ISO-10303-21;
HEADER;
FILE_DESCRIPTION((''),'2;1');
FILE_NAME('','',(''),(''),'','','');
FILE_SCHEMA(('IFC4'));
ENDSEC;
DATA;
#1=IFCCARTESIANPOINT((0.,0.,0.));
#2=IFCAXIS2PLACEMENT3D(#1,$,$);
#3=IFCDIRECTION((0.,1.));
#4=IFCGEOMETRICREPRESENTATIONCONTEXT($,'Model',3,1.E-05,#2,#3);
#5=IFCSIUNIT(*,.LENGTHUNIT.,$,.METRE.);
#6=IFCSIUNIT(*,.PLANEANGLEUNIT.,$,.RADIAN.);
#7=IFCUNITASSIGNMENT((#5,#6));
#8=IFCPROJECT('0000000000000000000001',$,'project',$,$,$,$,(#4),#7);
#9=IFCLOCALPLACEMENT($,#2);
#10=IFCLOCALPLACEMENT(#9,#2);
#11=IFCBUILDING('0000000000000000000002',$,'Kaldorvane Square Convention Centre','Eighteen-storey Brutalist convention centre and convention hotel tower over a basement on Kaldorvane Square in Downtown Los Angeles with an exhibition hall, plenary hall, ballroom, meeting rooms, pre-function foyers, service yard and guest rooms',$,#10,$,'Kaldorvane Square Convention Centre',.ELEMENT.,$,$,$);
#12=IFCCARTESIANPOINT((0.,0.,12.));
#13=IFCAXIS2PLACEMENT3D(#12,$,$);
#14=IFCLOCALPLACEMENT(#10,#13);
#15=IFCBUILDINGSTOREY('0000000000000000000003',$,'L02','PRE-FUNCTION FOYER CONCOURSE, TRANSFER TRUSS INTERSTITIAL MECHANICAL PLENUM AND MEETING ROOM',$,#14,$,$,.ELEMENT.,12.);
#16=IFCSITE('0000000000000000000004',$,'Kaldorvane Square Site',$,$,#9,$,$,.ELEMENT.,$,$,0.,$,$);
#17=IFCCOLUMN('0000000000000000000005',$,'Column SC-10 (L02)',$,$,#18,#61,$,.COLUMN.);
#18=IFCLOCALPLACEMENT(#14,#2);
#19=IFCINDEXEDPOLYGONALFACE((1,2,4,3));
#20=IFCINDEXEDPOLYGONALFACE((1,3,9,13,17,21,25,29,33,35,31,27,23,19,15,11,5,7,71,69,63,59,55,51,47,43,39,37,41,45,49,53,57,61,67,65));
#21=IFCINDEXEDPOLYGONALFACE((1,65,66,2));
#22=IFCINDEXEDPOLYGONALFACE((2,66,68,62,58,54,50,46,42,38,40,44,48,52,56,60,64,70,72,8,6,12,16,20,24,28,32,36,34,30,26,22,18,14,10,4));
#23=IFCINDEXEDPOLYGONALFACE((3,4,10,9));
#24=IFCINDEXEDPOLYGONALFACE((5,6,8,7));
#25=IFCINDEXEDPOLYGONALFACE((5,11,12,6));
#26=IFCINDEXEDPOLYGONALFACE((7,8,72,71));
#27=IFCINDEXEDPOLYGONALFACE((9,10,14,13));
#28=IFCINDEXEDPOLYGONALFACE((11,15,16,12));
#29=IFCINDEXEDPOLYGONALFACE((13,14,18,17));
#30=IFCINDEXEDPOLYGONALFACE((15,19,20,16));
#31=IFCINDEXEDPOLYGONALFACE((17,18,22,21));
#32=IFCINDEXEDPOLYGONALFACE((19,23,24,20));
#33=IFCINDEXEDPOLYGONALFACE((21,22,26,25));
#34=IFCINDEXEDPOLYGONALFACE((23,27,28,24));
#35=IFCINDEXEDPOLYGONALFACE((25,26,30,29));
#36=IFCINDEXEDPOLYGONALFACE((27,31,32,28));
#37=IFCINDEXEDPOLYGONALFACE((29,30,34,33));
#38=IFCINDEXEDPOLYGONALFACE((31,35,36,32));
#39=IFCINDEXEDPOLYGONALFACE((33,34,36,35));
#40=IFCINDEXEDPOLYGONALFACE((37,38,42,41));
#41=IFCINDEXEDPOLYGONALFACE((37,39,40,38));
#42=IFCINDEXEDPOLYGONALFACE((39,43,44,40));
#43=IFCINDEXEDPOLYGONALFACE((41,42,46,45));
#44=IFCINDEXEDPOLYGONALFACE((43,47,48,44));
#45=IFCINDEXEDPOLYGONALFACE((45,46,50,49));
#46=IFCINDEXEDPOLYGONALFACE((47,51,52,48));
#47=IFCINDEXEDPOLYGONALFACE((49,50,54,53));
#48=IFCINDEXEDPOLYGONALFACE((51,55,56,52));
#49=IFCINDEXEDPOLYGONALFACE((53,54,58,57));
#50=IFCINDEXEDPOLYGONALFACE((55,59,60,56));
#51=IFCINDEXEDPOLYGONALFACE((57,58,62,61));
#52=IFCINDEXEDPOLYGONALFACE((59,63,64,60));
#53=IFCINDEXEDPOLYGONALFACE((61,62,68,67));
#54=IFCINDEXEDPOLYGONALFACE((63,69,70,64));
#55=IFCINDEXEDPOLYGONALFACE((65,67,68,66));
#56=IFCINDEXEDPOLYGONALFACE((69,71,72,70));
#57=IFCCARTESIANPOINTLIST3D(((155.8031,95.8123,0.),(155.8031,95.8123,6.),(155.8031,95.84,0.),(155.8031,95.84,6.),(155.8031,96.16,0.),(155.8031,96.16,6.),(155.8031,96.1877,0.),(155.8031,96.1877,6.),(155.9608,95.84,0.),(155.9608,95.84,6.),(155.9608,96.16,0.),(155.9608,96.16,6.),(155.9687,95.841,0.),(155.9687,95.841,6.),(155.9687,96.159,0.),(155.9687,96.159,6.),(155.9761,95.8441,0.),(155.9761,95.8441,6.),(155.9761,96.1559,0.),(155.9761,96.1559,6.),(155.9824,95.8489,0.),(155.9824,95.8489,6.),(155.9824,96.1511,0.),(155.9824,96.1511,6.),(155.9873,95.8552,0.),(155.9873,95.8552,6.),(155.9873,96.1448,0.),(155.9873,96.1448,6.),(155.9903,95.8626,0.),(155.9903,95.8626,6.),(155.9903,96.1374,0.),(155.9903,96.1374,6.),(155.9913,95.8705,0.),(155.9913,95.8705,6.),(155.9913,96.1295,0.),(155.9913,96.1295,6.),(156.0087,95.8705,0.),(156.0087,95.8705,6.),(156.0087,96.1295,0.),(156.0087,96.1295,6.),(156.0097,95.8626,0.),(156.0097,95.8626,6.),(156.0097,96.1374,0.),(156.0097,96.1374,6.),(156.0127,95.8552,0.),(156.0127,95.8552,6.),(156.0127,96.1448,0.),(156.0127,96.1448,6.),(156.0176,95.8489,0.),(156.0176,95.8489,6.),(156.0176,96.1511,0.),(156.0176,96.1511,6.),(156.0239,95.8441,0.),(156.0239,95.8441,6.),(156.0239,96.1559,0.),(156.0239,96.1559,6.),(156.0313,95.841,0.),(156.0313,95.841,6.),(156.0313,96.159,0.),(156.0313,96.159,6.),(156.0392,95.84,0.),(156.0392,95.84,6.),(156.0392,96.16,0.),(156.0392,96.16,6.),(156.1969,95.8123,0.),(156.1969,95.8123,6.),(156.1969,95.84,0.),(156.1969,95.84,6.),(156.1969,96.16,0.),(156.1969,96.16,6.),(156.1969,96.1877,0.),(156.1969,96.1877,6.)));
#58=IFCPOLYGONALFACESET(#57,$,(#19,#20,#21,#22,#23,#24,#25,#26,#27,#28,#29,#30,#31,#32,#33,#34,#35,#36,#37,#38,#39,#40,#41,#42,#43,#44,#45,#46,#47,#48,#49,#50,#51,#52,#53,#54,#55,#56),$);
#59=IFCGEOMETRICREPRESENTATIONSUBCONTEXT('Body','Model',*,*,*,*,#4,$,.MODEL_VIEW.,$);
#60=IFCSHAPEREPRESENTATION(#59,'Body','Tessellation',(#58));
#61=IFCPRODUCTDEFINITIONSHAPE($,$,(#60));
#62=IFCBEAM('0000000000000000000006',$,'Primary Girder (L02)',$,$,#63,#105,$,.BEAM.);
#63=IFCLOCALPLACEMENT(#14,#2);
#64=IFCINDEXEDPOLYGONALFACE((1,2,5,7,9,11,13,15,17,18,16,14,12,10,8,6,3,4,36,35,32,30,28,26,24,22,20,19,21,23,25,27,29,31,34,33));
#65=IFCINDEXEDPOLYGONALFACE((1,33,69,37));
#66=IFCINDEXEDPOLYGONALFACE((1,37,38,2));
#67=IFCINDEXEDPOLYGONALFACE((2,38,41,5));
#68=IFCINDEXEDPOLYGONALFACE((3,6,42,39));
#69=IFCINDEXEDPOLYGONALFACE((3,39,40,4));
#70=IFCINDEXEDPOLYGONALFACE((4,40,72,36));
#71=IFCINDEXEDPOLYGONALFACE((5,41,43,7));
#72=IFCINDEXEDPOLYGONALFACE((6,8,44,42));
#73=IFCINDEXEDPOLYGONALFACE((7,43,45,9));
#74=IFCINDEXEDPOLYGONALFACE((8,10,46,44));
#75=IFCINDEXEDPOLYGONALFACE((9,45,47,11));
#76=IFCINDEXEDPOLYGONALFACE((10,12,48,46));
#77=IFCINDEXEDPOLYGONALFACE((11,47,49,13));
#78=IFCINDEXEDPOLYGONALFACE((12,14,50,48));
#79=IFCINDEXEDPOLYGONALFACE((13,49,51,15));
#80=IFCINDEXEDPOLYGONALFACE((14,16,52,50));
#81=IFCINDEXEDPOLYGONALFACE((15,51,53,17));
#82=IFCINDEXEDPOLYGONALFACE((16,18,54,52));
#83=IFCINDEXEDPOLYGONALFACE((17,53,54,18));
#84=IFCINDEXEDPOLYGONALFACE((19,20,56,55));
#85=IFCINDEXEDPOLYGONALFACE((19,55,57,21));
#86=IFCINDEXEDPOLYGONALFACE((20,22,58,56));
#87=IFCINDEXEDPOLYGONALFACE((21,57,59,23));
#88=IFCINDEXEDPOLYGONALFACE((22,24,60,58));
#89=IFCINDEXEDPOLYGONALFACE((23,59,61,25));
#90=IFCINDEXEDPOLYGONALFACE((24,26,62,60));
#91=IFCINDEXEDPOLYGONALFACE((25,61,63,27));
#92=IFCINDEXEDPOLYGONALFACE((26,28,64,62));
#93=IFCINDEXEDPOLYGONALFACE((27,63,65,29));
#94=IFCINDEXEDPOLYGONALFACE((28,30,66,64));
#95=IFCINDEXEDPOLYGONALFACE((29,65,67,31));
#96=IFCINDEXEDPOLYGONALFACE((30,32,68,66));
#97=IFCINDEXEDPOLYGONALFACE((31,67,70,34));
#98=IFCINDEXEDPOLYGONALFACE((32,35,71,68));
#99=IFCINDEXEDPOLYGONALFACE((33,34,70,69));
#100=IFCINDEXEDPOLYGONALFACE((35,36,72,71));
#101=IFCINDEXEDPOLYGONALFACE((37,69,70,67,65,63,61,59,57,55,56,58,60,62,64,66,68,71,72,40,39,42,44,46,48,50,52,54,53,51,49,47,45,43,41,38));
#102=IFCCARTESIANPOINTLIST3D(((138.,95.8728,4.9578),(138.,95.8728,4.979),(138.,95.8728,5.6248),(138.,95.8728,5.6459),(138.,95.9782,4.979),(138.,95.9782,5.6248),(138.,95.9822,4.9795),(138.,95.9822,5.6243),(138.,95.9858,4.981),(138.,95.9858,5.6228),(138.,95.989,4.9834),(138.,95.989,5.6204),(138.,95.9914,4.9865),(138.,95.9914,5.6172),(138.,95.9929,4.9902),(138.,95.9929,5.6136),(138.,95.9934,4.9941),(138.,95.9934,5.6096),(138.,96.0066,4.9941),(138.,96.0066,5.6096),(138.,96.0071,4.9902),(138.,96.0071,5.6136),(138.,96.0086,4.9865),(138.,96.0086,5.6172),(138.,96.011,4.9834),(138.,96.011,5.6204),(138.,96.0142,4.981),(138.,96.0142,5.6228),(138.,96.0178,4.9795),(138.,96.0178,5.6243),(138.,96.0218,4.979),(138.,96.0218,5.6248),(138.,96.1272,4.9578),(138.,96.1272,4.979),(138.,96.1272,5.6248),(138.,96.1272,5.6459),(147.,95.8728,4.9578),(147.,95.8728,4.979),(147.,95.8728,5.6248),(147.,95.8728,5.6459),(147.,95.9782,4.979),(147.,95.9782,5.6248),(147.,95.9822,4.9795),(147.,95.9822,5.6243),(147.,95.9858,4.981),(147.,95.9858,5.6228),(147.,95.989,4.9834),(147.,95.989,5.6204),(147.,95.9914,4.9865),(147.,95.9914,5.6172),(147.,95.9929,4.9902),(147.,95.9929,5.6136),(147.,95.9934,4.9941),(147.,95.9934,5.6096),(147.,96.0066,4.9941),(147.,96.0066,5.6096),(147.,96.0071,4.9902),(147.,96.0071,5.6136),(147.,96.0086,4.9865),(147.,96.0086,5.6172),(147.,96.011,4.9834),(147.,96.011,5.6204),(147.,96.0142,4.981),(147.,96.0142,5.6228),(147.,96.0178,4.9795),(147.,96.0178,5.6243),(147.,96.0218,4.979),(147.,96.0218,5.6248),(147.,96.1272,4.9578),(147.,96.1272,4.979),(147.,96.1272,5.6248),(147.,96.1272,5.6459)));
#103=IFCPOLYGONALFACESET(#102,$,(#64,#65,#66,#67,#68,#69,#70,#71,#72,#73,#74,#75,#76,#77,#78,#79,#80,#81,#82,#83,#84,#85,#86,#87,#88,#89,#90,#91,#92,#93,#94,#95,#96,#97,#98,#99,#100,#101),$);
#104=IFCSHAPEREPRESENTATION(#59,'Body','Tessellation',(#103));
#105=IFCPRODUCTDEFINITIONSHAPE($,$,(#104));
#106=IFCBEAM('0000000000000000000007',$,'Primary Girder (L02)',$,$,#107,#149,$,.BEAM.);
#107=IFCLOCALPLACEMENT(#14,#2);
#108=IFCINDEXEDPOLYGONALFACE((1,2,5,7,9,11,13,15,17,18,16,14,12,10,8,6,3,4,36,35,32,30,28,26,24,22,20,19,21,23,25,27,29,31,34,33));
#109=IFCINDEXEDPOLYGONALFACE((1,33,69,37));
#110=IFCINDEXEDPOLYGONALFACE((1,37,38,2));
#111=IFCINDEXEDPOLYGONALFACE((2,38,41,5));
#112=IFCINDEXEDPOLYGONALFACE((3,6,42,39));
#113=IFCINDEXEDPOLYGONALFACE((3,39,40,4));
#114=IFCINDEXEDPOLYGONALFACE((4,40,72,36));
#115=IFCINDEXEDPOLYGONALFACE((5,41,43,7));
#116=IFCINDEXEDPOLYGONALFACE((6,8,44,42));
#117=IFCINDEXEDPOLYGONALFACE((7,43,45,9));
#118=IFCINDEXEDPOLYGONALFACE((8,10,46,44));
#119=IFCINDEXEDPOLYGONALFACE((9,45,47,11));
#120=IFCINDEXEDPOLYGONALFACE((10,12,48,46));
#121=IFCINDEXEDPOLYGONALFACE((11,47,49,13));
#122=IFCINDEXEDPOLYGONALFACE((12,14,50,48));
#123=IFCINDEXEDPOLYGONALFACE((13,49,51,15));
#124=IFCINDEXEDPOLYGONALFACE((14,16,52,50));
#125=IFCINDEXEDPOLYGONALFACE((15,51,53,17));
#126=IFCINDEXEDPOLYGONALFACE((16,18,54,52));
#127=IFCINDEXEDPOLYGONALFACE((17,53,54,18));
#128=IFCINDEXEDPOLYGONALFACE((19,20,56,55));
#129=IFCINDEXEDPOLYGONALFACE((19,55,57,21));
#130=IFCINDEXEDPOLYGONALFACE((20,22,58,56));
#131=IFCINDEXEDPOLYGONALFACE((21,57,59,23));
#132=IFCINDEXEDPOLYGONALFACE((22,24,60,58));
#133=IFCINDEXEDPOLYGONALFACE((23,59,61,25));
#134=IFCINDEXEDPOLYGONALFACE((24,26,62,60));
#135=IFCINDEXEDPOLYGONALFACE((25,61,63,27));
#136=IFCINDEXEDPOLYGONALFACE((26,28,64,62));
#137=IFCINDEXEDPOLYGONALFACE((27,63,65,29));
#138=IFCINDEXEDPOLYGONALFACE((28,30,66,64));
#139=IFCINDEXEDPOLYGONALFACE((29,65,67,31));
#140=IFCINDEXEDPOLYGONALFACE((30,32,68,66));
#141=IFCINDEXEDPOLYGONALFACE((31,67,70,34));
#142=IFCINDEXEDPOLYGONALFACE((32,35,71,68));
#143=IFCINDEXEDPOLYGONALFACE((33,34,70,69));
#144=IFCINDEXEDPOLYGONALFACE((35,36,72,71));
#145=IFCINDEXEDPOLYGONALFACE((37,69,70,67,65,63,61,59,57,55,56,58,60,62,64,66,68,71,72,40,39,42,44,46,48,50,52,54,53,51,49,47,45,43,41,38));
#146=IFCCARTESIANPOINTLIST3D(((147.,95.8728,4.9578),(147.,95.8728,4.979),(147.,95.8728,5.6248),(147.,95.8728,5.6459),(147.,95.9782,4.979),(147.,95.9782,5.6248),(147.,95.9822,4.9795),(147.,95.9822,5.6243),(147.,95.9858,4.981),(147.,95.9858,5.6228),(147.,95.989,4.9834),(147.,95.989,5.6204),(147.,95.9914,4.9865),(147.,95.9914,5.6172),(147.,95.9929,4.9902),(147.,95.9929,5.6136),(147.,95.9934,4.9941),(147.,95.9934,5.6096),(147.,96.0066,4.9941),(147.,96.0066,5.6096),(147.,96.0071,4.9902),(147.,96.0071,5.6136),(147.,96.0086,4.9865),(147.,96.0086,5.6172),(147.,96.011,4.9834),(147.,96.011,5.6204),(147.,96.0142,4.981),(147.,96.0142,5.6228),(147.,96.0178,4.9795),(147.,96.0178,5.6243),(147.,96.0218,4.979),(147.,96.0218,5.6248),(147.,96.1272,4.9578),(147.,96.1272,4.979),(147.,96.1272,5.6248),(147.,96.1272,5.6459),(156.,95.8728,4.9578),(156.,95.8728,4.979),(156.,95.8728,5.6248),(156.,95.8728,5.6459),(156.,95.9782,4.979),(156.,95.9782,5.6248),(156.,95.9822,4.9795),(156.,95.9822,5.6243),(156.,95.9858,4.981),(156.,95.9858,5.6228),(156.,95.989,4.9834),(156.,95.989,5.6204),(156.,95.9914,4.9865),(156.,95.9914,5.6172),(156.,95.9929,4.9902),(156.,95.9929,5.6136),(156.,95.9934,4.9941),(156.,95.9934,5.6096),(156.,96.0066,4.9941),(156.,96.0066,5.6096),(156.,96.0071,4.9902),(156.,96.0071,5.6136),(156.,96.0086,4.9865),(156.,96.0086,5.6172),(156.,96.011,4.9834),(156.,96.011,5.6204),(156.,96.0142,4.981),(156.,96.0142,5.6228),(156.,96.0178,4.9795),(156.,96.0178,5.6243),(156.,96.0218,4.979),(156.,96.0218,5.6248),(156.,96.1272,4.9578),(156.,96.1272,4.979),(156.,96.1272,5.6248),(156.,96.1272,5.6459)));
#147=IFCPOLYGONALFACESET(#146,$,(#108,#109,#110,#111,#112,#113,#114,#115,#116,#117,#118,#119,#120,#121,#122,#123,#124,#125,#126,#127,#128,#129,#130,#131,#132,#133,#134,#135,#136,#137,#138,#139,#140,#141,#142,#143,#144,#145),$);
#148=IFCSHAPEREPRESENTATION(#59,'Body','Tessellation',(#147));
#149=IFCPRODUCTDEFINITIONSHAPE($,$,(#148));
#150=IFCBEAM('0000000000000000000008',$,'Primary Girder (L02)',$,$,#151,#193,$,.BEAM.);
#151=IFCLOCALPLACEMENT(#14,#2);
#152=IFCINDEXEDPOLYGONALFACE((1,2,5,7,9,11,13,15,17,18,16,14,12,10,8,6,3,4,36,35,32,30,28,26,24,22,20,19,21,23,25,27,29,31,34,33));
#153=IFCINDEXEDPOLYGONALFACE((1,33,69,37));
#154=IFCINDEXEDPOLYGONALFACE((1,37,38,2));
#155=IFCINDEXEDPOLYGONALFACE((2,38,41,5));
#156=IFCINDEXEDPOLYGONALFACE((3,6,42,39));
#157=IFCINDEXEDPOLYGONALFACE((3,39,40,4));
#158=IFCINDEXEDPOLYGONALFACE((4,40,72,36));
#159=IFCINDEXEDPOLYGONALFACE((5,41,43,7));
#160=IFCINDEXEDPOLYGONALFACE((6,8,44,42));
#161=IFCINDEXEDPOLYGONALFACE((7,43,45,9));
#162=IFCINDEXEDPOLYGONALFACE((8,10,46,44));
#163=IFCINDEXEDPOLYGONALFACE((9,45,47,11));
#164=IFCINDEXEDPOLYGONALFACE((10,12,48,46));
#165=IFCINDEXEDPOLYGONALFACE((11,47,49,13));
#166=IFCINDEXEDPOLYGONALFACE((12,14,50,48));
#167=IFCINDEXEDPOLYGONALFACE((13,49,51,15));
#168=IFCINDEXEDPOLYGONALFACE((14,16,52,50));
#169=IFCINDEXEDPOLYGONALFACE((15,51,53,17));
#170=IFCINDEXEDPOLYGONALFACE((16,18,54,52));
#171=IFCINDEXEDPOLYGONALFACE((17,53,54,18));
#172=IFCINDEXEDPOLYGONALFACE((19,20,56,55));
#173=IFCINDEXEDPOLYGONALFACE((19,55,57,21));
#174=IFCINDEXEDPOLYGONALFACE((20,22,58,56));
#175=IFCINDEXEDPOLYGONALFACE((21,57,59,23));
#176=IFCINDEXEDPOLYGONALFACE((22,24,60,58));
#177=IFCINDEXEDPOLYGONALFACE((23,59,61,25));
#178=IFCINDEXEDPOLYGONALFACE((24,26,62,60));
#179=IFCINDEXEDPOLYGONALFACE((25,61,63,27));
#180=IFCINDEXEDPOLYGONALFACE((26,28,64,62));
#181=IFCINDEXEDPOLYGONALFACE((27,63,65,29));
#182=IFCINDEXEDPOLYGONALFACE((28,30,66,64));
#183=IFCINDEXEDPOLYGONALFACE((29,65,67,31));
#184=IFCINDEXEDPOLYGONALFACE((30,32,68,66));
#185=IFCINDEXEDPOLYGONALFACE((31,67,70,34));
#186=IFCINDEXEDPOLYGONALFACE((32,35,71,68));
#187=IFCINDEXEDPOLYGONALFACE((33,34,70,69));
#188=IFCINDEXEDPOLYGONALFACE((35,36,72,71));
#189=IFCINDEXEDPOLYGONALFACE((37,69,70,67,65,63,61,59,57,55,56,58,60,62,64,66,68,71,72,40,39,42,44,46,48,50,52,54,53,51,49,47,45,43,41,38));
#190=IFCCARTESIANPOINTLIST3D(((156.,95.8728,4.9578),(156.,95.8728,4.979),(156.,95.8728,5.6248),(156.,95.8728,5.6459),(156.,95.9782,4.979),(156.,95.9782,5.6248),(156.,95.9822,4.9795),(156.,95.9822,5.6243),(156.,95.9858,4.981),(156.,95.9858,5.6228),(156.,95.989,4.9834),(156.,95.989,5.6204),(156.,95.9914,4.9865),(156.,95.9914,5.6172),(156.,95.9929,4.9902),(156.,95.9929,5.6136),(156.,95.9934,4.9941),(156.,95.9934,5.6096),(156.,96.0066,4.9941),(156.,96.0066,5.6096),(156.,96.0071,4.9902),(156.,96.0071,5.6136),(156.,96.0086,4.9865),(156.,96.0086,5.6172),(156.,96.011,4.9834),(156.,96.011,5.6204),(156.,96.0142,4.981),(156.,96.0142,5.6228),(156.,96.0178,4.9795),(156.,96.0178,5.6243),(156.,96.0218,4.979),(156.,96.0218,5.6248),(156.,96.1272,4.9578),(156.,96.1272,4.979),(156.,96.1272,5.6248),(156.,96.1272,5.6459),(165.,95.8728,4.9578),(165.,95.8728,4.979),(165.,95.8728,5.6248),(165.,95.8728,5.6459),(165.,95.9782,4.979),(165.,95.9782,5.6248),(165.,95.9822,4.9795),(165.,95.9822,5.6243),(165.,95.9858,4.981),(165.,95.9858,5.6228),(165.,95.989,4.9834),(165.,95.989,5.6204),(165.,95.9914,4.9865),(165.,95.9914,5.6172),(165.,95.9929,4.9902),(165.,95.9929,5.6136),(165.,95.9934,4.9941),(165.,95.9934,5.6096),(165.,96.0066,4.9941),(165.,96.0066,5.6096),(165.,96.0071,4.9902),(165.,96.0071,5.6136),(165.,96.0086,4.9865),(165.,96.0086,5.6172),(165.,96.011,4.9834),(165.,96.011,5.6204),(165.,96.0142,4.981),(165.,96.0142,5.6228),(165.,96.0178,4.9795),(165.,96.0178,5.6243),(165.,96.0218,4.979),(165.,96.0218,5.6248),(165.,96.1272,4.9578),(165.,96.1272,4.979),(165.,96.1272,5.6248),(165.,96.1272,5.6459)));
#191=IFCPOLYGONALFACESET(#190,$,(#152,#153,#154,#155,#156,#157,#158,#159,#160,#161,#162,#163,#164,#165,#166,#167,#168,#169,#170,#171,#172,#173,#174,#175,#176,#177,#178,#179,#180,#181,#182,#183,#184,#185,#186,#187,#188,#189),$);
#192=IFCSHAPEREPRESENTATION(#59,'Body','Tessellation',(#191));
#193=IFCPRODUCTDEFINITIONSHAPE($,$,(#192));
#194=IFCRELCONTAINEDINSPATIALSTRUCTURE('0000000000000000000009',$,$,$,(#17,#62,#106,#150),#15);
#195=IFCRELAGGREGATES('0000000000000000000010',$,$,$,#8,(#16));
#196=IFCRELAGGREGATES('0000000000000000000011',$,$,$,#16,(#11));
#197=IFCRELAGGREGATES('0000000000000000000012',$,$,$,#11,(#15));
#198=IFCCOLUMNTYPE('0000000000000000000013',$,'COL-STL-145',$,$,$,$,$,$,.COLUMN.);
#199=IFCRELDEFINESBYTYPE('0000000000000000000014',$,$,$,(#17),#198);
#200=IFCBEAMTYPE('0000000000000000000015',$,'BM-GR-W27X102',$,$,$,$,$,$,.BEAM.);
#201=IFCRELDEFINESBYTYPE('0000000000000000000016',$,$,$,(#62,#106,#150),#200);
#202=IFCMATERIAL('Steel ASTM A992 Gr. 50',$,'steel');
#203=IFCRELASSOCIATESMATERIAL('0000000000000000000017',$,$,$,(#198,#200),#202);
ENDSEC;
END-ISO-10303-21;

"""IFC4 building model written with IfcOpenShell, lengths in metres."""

from ifc_helpers import new_model, si_unit, direction, frame, origin, origin_2d, place, context, subcontext, project, spatial, i_section, extrude, material, material_profile, profile_set, type_object, element, save


model = new_model("IFC4")

# Units and contexts
model_context = context("Model", 3, precision=1e-05, world=origin(), true_north=direction((0.0, 1.0)))
body_context = subcontext(model_context, "Body", "Model", "MODEL_VIEW")
ifc_project = project(units=[si_unit("LENGTHUNIT", "METRE"), si_unit("PLANEANGLEUNIT", "RADIAN")], contexts=[model_context])

# Site, building, storey
site_placement = place(None, origin())
site = spatial("IfcSite", under=ifc_project, at=site_placement, Name="Kaldorvane Square Site", CompositionType="ELEMENT", RefElevation=0.0)
building_placement = place(site_placement, origin())
building = spatial("IfcBuilding", under=site, at=building_placement, Name="Kaldorvane Square Convention Centre", Description="Eighteen-storey Brutalist convention centre and convention hotel tower over a basement on Kaldorvane Square in Downtown Los Angeles with an exhibition hall, plenary hall, ballroom, meeting rooms, pre-function foyers, service yard and guest rooms", LongName="Kaldorvane Square Convention Centre", CompositionType="ELEMENT")
storey_placement = place(building_placement, frame((0.0, 0.0, 12.0)))
storey = spatial("IfcBuildingStorey", under=building, at=storey_placement, Name="L02", Description="PRE-FUNCTION FOYER CONCOURSE, TRANSFER TRUSS INTERSTITIAL MECHANICAL PLENUM AND MEETING ROOM", CompositionType="ELEMENT", Elevation=12.0)

# Column
ifc_material_1 = material(Name="Steel ASTM A992 Gr. 50", Category="steel")
ifc_material_profile_1 = material_profile(ifc_material_1, i_section(OverallWidth=0.3937, OverallDepth=0.3754, WebThickness=0.0173, FlangeThickness=0.0277, FilletRadius=0.0305, at=origin_2d()), Name="W14X145")
ifc_profile_set_1 = profile_set([ifc_material_profile_1], Name="Steel ASTM A992 Gr. 50")
column_type = type_object("IfcColumnType", Name="COL-STL-145", PredefinedType="COLUMN", material=ifc_profile_set_1)
for number, where, z_axis, x_axis, name in (
    (1, (156.0, 96.0, 0.0), (0.0, 0.0, 1.0), (1.0, 0.0, 0.0), "Column SC-10 (L02)"),
):
    element("IfcColumn", number, at=place(storey_placement, frame(where, z_axis=z_axis, x_axis=x_axis)), inside=storey, type_object=column_type, Name=name, PredefinedType="COLUMN", context=body_context, shape_type="SweptSolid", body=[
        extrude(i_section(OverallWidth=0.3937, OverallDepth=0.3754, WebThickness=0.0173, FlangeThickness=0.0277, FilletRadius=0.0305, at=origin_2d()), origin(), (0.0, 0.0, 1.0), 6.0),
    ])

# Beams
ifc_material_profile_2 = material_profile(ifc_material_1, i_section(OverallWidth=0.2544, OverallDepth=0.6881, WebThickness=0.0131, FlangeThickness=0.0211, FilletRadius=0.0152, at=origin_2d()), Name="W27X102")
ifc_profile_set_2 = profile_set([ifc_material_profile_2], Name="Steel ASTM A992 Gr. 50")
beam_type_1 = type_object("IfcBeamType", Name="BM-GR-W27X102", PredefinedType="BEAM", material=ifc_profile_set_2)
for number, where, z_axis, x_axis, name in (
    (2, (138.0, 96.0, 5.3019), (1.0, 0.0, 0.0), (0.0, 1.0, 0.0), "Primary Girder (L02)"),
    (3, (147.0, 96.0, 5.3019), (1.0, 0.0, 0.0), (0.0, 1.0, 0.0), "Primary Girder (L02)"),
    (4, (156.0, 96.0, 5.3019), (1.0, 0.0, 0.0), (0.0, 1.0, 0.0), "Primary Girder (L02)"),
):
    element("IfcBeam", number, at=place(storey_placement, frame(where, z_axis=z_axis, x_axis=x_axis)), inside=storey, type_object=beam_type_1, Name=name, PredefinedType="BEAM", context=body_context, shape_type="SweptSolid", body=[
        extrude(i_section(OverallWidth=0.2544, OverallDepth=0.6881, WebThickness=0.0131, FlangeThickness=0.0211, FilletRadius=0.0152, at=origin_2d()), origin(), (0.0, 0.0, 1.0), 9.0),
    ])

save(model, "model.ifc")
